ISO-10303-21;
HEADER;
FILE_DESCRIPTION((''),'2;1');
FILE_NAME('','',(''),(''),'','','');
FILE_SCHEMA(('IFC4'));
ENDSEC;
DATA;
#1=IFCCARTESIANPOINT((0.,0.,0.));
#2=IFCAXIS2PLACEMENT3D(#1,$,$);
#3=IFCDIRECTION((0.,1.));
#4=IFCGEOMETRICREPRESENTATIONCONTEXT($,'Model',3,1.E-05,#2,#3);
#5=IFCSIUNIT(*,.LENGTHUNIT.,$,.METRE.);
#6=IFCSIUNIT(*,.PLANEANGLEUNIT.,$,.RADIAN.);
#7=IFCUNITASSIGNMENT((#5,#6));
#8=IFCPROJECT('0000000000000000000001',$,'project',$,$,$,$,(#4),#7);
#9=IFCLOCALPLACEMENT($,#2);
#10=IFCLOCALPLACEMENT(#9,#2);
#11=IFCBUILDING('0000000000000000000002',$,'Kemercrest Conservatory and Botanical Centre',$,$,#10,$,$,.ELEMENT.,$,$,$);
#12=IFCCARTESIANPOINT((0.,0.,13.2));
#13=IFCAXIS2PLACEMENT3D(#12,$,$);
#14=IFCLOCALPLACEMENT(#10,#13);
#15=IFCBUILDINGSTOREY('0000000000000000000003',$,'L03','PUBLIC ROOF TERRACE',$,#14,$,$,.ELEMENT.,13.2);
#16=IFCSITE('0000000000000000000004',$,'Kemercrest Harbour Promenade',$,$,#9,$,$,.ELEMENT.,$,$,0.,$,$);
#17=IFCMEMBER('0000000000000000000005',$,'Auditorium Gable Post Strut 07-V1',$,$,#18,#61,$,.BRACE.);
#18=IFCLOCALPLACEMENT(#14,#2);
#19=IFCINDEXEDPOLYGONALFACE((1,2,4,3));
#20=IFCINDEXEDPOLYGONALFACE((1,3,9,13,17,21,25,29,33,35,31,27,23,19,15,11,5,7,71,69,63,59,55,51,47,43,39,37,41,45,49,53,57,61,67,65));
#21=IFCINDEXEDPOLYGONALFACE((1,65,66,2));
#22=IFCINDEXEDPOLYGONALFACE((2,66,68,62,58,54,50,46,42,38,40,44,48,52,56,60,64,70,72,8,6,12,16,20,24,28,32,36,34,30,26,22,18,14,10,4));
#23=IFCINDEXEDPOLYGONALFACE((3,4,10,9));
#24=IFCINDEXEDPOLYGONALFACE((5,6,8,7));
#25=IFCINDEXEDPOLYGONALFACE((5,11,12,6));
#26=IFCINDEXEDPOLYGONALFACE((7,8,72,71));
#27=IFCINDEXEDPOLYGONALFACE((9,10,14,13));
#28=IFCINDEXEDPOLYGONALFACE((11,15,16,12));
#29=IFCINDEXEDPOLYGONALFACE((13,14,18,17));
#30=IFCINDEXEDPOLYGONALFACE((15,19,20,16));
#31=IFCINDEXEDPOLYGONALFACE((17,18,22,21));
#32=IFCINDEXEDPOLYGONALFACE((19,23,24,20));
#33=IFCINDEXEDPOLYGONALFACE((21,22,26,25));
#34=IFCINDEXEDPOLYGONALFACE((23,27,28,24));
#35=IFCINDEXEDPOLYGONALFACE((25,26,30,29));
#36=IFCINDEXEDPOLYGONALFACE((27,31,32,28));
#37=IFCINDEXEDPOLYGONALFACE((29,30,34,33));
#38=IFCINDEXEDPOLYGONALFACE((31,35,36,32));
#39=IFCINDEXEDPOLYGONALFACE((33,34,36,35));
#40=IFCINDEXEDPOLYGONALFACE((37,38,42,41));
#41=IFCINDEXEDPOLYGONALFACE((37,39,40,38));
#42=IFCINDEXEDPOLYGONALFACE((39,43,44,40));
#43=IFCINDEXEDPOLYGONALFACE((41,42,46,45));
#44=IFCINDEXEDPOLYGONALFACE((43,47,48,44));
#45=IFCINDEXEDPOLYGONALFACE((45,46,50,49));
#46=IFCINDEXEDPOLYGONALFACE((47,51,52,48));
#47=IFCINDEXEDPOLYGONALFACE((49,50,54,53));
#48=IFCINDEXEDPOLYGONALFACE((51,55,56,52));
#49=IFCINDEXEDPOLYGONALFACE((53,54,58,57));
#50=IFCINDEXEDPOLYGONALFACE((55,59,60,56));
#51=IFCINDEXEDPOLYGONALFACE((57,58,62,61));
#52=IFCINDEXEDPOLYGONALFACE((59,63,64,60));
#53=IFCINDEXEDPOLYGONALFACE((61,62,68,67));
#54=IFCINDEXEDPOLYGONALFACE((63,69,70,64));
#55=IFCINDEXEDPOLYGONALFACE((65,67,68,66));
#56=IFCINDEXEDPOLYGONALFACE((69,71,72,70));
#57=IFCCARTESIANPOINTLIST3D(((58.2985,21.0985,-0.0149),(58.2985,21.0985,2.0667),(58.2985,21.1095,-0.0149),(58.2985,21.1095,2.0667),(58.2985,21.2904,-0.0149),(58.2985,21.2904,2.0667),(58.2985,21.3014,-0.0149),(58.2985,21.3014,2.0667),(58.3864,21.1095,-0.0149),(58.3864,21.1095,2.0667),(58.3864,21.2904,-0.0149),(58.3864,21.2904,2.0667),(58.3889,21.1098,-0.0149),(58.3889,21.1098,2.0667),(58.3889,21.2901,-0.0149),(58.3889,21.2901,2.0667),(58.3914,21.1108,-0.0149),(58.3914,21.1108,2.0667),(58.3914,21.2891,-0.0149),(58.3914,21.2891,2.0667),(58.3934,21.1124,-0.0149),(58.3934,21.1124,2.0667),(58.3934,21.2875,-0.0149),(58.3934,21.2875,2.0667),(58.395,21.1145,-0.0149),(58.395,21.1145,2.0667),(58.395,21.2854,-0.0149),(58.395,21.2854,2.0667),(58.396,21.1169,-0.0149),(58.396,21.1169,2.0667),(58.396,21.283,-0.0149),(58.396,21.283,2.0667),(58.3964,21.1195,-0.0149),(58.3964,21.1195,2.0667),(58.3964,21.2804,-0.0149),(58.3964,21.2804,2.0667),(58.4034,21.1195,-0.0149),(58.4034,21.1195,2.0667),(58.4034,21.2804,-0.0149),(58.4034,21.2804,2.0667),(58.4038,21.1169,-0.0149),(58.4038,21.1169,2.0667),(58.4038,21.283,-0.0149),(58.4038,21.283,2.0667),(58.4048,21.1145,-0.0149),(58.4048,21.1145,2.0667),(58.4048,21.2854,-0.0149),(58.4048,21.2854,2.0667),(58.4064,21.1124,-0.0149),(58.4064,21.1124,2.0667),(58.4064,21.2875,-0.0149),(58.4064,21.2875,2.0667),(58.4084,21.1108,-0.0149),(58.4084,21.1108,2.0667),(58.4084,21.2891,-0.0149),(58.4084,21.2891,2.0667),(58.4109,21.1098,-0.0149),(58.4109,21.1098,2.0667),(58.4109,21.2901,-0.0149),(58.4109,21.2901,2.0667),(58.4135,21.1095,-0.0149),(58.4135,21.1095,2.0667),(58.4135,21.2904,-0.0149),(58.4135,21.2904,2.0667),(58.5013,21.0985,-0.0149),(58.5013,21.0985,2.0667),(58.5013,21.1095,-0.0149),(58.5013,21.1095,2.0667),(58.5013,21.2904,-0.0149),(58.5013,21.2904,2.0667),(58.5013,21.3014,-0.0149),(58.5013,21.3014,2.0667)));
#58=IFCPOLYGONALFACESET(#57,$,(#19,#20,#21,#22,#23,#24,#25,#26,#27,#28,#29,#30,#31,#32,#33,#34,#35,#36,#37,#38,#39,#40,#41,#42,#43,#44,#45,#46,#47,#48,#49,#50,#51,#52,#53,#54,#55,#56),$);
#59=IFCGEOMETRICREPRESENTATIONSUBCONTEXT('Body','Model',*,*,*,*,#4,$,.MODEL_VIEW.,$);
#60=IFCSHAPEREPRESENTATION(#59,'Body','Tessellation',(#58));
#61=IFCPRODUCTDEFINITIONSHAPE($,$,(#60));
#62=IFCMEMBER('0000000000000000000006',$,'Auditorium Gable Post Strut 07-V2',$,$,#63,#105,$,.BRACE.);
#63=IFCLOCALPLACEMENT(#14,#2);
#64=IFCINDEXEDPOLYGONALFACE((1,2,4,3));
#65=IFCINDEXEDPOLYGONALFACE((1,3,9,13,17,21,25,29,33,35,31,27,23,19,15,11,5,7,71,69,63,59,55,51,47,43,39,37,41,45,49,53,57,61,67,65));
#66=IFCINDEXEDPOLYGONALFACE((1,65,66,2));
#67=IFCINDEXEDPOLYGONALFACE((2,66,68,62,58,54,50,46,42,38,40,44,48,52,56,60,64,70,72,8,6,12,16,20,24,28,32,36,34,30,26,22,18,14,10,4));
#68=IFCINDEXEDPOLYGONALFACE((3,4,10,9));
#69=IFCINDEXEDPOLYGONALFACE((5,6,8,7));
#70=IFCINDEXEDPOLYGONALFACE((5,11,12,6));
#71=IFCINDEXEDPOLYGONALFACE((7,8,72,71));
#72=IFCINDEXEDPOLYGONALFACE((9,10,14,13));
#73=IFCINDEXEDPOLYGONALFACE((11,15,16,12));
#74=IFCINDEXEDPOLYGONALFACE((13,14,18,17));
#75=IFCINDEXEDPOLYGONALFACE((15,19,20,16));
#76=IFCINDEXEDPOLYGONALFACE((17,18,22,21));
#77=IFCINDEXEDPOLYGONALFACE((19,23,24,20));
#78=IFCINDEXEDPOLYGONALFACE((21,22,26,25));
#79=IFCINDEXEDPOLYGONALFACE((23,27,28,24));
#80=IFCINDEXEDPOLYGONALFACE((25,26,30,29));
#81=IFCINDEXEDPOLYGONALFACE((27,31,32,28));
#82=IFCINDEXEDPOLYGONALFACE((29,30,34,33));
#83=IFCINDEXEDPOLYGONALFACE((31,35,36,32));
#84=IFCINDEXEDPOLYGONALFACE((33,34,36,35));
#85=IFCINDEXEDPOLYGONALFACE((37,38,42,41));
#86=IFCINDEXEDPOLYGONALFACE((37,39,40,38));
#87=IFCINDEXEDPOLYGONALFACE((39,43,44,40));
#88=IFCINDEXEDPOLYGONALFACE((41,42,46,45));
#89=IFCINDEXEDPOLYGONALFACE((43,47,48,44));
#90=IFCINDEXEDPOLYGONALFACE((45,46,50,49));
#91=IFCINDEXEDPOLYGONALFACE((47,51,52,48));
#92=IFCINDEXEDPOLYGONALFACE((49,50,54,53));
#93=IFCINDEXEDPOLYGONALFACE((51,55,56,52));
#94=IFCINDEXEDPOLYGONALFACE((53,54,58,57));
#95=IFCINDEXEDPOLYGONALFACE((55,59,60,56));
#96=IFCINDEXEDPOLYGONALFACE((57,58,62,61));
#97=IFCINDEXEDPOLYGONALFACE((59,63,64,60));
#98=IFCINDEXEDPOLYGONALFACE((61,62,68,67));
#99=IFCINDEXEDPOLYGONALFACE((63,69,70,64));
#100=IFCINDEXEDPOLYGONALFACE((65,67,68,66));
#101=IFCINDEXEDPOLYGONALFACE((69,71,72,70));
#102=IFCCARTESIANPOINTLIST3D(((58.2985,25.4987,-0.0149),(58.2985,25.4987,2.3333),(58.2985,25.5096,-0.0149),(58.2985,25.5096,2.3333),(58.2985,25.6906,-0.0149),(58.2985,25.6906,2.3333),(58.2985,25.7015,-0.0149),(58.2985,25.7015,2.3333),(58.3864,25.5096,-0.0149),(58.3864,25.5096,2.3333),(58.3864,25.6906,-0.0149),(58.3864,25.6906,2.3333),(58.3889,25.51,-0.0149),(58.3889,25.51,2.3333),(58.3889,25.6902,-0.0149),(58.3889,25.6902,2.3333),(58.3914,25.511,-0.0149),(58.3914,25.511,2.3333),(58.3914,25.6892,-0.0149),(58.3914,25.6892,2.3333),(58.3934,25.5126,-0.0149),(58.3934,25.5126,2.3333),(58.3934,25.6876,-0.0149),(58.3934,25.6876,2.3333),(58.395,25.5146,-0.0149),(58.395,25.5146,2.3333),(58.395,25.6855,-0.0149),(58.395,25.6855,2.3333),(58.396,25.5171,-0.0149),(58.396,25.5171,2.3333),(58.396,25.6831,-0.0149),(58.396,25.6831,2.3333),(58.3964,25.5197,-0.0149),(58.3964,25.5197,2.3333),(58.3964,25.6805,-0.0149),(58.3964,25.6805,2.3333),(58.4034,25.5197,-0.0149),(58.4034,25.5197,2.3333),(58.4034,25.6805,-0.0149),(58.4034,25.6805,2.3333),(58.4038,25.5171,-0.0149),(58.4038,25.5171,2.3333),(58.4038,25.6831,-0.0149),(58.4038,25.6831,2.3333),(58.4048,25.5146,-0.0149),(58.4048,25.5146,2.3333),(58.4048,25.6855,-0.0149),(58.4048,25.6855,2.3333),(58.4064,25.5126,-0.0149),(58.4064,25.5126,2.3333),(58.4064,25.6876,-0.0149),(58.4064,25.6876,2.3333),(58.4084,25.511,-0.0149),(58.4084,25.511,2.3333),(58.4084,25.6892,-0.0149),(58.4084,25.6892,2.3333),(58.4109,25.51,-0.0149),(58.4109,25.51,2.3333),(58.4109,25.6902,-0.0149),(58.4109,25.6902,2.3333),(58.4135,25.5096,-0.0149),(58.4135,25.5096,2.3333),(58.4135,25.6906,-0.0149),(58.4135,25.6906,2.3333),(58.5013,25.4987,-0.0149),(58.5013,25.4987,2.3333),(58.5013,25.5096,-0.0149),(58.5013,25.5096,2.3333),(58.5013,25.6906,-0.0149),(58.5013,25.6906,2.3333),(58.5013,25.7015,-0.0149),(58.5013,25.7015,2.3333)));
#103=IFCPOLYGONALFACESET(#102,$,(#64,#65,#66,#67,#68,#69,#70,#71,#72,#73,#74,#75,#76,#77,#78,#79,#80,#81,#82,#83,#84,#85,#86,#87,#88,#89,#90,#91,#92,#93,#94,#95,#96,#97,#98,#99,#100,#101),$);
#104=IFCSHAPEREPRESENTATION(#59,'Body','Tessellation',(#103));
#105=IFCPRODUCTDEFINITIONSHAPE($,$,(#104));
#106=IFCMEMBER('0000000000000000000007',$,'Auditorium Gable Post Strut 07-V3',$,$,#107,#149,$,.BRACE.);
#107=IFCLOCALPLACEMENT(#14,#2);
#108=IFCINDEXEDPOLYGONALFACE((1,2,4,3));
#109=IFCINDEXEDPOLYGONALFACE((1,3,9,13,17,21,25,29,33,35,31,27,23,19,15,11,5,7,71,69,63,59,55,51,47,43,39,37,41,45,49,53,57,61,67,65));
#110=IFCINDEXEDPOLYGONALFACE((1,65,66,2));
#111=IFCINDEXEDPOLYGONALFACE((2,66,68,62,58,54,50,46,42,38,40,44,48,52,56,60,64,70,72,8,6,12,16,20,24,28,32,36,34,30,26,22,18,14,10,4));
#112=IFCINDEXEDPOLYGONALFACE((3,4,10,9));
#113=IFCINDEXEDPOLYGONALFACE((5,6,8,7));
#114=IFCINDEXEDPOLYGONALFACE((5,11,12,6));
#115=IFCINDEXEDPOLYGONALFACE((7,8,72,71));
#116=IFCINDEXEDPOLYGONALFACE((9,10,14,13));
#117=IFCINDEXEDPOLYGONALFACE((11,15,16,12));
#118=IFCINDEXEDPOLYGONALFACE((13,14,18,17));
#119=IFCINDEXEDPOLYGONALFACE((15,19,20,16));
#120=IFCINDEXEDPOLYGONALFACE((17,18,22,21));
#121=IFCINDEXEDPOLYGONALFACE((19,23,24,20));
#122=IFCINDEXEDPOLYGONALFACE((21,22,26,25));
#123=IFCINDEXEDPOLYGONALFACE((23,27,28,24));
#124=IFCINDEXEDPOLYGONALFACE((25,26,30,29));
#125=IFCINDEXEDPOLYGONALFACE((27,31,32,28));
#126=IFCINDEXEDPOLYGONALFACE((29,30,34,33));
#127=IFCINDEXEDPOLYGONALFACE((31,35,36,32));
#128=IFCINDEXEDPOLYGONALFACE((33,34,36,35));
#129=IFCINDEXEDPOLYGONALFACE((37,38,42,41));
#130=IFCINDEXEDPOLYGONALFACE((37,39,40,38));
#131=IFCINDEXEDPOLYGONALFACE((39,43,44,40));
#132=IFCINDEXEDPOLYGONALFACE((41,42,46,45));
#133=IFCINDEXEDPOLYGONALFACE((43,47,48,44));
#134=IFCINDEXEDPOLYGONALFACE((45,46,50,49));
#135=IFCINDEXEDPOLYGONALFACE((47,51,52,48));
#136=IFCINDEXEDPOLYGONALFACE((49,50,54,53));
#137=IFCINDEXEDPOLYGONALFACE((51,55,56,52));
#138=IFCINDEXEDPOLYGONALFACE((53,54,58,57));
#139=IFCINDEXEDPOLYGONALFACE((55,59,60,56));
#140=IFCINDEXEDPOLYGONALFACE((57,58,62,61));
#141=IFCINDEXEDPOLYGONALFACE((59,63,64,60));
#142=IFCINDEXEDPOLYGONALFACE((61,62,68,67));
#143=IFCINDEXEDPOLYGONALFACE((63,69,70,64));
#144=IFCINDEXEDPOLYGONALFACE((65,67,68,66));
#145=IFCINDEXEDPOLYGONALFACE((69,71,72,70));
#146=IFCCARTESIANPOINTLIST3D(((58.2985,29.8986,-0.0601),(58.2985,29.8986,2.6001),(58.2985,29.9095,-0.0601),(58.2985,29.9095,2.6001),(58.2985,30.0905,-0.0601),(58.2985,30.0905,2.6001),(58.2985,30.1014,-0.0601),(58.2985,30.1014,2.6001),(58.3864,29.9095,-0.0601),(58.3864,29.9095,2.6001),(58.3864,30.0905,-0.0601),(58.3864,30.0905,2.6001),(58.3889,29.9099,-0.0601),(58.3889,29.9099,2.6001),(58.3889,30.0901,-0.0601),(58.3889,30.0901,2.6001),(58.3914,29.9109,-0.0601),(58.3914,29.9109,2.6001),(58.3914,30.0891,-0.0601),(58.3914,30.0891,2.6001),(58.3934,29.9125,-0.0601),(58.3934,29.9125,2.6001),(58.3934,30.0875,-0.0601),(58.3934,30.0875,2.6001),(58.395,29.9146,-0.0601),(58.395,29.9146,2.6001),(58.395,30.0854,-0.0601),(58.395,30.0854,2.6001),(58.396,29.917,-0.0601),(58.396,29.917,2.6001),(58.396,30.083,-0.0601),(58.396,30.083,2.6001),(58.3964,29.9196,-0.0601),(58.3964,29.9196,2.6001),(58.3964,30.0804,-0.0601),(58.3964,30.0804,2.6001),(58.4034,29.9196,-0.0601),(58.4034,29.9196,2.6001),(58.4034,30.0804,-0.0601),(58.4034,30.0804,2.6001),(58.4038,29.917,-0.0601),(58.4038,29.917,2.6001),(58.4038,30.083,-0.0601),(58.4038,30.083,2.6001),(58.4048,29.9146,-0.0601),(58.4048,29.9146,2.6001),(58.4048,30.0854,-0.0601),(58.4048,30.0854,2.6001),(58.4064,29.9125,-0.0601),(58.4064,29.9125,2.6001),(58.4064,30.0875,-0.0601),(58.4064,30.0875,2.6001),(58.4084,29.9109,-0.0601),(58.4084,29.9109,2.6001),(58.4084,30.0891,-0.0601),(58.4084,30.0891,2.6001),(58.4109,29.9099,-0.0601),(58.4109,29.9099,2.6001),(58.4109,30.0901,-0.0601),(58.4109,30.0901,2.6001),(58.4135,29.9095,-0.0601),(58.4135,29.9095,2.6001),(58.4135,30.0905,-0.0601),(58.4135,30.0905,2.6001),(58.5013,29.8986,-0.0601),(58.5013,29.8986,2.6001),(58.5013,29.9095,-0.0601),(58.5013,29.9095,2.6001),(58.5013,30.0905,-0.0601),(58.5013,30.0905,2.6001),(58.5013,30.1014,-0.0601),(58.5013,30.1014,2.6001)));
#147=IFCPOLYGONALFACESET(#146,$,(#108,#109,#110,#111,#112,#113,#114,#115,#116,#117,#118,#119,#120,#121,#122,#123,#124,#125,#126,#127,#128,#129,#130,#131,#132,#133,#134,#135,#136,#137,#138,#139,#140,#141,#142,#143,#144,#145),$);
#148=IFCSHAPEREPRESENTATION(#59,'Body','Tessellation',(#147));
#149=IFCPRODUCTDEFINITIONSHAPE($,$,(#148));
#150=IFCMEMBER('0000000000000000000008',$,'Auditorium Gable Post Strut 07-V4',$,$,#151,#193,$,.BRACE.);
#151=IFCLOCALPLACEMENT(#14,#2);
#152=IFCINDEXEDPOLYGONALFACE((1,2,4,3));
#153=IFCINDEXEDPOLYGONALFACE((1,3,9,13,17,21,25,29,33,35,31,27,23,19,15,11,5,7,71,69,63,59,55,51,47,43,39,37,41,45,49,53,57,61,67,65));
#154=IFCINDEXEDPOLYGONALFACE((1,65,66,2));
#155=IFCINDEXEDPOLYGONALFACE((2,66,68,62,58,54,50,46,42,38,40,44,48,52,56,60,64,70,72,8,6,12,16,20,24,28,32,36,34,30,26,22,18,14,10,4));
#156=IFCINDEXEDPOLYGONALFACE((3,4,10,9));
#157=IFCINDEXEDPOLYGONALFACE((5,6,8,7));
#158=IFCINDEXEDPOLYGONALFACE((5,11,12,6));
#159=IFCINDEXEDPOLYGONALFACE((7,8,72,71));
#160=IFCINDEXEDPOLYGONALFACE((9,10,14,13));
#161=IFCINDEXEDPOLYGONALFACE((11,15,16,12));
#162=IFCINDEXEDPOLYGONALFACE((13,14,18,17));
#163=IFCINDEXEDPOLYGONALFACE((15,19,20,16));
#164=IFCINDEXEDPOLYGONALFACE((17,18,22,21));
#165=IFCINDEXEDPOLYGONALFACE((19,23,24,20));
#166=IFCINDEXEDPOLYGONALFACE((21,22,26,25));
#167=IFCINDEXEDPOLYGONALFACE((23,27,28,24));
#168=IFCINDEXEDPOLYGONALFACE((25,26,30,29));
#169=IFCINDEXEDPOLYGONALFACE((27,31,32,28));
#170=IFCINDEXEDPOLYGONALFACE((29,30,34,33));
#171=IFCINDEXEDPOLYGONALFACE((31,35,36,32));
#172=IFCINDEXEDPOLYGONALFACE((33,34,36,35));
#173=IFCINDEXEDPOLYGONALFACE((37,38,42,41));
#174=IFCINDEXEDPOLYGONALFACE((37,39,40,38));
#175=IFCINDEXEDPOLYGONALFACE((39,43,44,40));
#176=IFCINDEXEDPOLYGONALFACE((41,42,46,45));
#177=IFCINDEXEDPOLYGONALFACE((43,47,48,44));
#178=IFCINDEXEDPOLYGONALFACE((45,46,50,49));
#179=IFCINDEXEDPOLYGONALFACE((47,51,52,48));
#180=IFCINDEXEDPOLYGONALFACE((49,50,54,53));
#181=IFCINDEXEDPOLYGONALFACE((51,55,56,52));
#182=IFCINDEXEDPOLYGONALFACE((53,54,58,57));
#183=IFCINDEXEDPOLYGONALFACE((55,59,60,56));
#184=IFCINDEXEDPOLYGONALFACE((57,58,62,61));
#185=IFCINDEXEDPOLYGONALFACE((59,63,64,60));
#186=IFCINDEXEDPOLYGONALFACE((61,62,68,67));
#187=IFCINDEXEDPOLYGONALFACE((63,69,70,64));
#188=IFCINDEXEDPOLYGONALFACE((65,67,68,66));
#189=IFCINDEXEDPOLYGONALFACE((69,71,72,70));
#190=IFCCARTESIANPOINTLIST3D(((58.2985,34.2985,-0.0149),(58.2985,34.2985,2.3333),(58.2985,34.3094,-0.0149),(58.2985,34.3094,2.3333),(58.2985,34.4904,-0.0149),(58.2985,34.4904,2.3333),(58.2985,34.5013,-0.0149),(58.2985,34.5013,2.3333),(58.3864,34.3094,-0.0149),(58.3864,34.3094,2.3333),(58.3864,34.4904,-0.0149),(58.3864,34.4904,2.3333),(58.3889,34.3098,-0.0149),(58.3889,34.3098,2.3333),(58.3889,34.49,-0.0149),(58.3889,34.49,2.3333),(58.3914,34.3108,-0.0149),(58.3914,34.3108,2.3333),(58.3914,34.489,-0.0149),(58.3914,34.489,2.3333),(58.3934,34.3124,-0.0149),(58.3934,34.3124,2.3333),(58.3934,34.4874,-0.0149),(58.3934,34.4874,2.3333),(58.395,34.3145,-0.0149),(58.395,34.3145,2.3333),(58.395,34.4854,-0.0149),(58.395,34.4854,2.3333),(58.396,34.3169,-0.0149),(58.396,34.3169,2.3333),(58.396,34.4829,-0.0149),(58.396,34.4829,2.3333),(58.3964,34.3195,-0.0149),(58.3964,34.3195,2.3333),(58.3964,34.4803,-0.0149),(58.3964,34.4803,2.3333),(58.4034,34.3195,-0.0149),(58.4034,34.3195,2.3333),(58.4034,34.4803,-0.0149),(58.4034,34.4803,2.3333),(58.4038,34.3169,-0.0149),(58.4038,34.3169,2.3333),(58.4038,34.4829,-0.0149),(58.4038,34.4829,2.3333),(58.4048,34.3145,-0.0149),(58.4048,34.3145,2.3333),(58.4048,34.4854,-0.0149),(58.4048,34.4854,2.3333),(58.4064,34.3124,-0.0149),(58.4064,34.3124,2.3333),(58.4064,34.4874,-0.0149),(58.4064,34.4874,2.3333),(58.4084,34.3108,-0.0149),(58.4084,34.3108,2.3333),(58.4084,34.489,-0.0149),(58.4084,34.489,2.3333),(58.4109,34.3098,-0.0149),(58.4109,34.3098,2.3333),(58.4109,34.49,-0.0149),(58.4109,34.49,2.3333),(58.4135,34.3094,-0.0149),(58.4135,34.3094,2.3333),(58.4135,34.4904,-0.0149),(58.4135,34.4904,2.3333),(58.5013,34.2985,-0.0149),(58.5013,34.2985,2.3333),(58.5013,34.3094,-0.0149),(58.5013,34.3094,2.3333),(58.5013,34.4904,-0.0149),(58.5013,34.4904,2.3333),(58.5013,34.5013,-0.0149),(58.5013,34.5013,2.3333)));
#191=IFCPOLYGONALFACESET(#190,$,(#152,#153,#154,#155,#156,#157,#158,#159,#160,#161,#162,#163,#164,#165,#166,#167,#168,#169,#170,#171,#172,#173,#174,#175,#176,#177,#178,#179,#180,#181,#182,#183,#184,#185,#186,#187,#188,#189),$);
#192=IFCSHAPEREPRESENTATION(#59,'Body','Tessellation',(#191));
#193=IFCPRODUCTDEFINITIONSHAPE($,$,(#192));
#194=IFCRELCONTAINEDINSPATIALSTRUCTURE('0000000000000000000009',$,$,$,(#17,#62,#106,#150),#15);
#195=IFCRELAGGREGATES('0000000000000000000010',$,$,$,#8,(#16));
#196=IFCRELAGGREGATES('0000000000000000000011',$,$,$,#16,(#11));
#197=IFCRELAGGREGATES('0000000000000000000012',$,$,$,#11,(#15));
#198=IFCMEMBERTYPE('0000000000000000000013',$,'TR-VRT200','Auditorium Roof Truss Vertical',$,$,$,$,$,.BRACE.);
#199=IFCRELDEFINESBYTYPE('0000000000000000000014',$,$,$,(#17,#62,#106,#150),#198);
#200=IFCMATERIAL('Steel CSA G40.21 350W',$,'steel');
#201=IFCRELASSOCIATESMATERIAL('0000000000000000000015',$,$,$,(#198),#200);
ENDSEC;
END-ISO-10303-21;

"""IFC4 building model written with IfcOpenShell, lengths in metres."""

from ifc_helpers import new_model, si_unit, direction, frame, origin, origin_2d, place, context, subcontext, project, spatial, i_section, extrude, material, material_profile, profile_set, type_object, element, save


model = new_model("IFC4")

# Units and contexts
model_context = context("Model", 3, precision=1e-05, world=origin(), true_north=direction((0.0, 1.0)))
body_context = subcontext(model_context, "Body", "Model", "MODEL_VIEW")
ifc_project = project(units=[si_unit("LENGTHUNIT", "METRE"), si_unit("PLANEANGLEUNIT", "RADIAN")], contexts=[model_context])

# Site, building, storey
site_placement = place(None, origin())
site = spatial("IfcSite", under=ifc_project, at=site_placement, Name="Kemercrest Harbour Promenade", CompositionType="ELEMENT", RefElevation=0.0)
building_placement = place(site_placement, origin())
building = spatial("IfcBuilding", under=site, at=building_placement, Name="Kemercrest Conservatory and Botanical Centre", CompositionType="ELEMENT")
storey_placement = place(building_placement, frame((0.0, 0.0, 13.2)))
storey = spatial("IfcBuildingStorey", under=building, at=storey_placement, Name="L03", Description="PUBLIC ROOF TERRACE", CompositionType="ELEMENT", Elevation=13.2)

# Shared definitions
ifc_material_1 = material(Name="Steel CSA G40.21 350W", Category="steel")

# Members
ifc_material_profile_1 = material_profile(ifc_material_1, i_section(OverallWidth=0.2029, OverallDepth=0.2029, WebThickness=0.0071, FlangeThickness=0.011, FilletRadius=0.01, at=origin_2d()), Name="W200X46")
ifc_profile_set_1 = profile_set([ifc_material_profile_1], Name="Steel CSA G40.21 350W")
member_type_1 = type_object("IfcMemberType", Name="TR-VRT200", Description="Auditorium Roof Truss Vertical", PredefinedType="BRACE", material=ifc_profile_set_1)
member_1_placement = place(storey_placement, frame((58.3999, 21.2, -0.0149), z_axis=(0.0, 0.0, 1.0), x_axis=(1.0, 0.0, 0.0)))
element("IfcMember", 1, at=member_1_placement, inside=storey, type_object=member_type_1, Name="Auditorium Gable Post Strut 07-V1", PredefinedType="BRACE", context=body_context, shape_type="SweptSolid", body=[
    extrude(i_section(OverallWidth=0.2029, OverallDepth=0.2029, WebThickness=0.0071, FlangeThickness=0.011, FilletRadius=0.01, at=origin_2d()), origin(), (0.0, 0.0, 1.0), 2.0815),
])
member_2_placement = place(storey_placement, frame((58.3999, 25.6001, -0.0149), z_axis=(0.0, 0.0, 1.0), x_axis=(1.0, 0.0, 0.0)))
element("IfcMember", 2, at=member_2_placement, inside=storey, type_object=member_type_1, Name="Auditorium Gable Post Strut 07-V2", PredefinedType="BRACE", context=body_context, shape_type="SweptSolid", body=[
    extrude(i_section(OverallWidth=0.2029, OverallDepth=0.2029, WebThickness=0.0071, FlangeThickness=0.011, FilletRadius=0.01, at=origin_2d()), origin(), (0.0, 0.0, 1.0), 2.3481),
])
member_3_placement = place(storey_placement, frame((58.3999, 30.0, -0.0601), z_axis=(0.0, 0.0, 1.0), x_axis=(1.0, 0.0, 0.0)))
element("IfcMember", 3, at=member_3_placement, inside=storey, type_object=member_type_1, Name="Auditorium Gable Post Strut 07-V3", PredefinedType="BRACE", context=body_context, shape_type="SweptSolid", body=[
    extrude(i_section(OverallWidth=0.2029, OverallDepth=0.2029, WebThickness=0.0071, FlangeThickness=0.011, FilletRadius=0.01, at=origin_2d()), origin(), (0.0, 0.0, 1.0), 2.6602),
])
member_4_placement = place(storey_placement, frame((58.3999, 34.3999, -0.0149), z_axis=(0.0, 0.0, 1.0), x_axis=(1.0, 0.0, 0.0)))
element("IfcMember", 4, at=member_4_placement, inside=storey, type_object=member_type_1, Name="Auditorium Gable Post Strut 07-V4", PredefinedType="BRACE", context=body_context, shape_type="SweptSolid", body=[
    extrude(i_section(OverallWidth=0.2029, OverallDepth=0.2029, WebThickness=0.0071, FlangeThickness=0.011, FilletRadius=0.01, at=origin_2d()), origin(), (0.0, 0.0, 1.0), 2.3481),
])

save(model, "model.ifc")
